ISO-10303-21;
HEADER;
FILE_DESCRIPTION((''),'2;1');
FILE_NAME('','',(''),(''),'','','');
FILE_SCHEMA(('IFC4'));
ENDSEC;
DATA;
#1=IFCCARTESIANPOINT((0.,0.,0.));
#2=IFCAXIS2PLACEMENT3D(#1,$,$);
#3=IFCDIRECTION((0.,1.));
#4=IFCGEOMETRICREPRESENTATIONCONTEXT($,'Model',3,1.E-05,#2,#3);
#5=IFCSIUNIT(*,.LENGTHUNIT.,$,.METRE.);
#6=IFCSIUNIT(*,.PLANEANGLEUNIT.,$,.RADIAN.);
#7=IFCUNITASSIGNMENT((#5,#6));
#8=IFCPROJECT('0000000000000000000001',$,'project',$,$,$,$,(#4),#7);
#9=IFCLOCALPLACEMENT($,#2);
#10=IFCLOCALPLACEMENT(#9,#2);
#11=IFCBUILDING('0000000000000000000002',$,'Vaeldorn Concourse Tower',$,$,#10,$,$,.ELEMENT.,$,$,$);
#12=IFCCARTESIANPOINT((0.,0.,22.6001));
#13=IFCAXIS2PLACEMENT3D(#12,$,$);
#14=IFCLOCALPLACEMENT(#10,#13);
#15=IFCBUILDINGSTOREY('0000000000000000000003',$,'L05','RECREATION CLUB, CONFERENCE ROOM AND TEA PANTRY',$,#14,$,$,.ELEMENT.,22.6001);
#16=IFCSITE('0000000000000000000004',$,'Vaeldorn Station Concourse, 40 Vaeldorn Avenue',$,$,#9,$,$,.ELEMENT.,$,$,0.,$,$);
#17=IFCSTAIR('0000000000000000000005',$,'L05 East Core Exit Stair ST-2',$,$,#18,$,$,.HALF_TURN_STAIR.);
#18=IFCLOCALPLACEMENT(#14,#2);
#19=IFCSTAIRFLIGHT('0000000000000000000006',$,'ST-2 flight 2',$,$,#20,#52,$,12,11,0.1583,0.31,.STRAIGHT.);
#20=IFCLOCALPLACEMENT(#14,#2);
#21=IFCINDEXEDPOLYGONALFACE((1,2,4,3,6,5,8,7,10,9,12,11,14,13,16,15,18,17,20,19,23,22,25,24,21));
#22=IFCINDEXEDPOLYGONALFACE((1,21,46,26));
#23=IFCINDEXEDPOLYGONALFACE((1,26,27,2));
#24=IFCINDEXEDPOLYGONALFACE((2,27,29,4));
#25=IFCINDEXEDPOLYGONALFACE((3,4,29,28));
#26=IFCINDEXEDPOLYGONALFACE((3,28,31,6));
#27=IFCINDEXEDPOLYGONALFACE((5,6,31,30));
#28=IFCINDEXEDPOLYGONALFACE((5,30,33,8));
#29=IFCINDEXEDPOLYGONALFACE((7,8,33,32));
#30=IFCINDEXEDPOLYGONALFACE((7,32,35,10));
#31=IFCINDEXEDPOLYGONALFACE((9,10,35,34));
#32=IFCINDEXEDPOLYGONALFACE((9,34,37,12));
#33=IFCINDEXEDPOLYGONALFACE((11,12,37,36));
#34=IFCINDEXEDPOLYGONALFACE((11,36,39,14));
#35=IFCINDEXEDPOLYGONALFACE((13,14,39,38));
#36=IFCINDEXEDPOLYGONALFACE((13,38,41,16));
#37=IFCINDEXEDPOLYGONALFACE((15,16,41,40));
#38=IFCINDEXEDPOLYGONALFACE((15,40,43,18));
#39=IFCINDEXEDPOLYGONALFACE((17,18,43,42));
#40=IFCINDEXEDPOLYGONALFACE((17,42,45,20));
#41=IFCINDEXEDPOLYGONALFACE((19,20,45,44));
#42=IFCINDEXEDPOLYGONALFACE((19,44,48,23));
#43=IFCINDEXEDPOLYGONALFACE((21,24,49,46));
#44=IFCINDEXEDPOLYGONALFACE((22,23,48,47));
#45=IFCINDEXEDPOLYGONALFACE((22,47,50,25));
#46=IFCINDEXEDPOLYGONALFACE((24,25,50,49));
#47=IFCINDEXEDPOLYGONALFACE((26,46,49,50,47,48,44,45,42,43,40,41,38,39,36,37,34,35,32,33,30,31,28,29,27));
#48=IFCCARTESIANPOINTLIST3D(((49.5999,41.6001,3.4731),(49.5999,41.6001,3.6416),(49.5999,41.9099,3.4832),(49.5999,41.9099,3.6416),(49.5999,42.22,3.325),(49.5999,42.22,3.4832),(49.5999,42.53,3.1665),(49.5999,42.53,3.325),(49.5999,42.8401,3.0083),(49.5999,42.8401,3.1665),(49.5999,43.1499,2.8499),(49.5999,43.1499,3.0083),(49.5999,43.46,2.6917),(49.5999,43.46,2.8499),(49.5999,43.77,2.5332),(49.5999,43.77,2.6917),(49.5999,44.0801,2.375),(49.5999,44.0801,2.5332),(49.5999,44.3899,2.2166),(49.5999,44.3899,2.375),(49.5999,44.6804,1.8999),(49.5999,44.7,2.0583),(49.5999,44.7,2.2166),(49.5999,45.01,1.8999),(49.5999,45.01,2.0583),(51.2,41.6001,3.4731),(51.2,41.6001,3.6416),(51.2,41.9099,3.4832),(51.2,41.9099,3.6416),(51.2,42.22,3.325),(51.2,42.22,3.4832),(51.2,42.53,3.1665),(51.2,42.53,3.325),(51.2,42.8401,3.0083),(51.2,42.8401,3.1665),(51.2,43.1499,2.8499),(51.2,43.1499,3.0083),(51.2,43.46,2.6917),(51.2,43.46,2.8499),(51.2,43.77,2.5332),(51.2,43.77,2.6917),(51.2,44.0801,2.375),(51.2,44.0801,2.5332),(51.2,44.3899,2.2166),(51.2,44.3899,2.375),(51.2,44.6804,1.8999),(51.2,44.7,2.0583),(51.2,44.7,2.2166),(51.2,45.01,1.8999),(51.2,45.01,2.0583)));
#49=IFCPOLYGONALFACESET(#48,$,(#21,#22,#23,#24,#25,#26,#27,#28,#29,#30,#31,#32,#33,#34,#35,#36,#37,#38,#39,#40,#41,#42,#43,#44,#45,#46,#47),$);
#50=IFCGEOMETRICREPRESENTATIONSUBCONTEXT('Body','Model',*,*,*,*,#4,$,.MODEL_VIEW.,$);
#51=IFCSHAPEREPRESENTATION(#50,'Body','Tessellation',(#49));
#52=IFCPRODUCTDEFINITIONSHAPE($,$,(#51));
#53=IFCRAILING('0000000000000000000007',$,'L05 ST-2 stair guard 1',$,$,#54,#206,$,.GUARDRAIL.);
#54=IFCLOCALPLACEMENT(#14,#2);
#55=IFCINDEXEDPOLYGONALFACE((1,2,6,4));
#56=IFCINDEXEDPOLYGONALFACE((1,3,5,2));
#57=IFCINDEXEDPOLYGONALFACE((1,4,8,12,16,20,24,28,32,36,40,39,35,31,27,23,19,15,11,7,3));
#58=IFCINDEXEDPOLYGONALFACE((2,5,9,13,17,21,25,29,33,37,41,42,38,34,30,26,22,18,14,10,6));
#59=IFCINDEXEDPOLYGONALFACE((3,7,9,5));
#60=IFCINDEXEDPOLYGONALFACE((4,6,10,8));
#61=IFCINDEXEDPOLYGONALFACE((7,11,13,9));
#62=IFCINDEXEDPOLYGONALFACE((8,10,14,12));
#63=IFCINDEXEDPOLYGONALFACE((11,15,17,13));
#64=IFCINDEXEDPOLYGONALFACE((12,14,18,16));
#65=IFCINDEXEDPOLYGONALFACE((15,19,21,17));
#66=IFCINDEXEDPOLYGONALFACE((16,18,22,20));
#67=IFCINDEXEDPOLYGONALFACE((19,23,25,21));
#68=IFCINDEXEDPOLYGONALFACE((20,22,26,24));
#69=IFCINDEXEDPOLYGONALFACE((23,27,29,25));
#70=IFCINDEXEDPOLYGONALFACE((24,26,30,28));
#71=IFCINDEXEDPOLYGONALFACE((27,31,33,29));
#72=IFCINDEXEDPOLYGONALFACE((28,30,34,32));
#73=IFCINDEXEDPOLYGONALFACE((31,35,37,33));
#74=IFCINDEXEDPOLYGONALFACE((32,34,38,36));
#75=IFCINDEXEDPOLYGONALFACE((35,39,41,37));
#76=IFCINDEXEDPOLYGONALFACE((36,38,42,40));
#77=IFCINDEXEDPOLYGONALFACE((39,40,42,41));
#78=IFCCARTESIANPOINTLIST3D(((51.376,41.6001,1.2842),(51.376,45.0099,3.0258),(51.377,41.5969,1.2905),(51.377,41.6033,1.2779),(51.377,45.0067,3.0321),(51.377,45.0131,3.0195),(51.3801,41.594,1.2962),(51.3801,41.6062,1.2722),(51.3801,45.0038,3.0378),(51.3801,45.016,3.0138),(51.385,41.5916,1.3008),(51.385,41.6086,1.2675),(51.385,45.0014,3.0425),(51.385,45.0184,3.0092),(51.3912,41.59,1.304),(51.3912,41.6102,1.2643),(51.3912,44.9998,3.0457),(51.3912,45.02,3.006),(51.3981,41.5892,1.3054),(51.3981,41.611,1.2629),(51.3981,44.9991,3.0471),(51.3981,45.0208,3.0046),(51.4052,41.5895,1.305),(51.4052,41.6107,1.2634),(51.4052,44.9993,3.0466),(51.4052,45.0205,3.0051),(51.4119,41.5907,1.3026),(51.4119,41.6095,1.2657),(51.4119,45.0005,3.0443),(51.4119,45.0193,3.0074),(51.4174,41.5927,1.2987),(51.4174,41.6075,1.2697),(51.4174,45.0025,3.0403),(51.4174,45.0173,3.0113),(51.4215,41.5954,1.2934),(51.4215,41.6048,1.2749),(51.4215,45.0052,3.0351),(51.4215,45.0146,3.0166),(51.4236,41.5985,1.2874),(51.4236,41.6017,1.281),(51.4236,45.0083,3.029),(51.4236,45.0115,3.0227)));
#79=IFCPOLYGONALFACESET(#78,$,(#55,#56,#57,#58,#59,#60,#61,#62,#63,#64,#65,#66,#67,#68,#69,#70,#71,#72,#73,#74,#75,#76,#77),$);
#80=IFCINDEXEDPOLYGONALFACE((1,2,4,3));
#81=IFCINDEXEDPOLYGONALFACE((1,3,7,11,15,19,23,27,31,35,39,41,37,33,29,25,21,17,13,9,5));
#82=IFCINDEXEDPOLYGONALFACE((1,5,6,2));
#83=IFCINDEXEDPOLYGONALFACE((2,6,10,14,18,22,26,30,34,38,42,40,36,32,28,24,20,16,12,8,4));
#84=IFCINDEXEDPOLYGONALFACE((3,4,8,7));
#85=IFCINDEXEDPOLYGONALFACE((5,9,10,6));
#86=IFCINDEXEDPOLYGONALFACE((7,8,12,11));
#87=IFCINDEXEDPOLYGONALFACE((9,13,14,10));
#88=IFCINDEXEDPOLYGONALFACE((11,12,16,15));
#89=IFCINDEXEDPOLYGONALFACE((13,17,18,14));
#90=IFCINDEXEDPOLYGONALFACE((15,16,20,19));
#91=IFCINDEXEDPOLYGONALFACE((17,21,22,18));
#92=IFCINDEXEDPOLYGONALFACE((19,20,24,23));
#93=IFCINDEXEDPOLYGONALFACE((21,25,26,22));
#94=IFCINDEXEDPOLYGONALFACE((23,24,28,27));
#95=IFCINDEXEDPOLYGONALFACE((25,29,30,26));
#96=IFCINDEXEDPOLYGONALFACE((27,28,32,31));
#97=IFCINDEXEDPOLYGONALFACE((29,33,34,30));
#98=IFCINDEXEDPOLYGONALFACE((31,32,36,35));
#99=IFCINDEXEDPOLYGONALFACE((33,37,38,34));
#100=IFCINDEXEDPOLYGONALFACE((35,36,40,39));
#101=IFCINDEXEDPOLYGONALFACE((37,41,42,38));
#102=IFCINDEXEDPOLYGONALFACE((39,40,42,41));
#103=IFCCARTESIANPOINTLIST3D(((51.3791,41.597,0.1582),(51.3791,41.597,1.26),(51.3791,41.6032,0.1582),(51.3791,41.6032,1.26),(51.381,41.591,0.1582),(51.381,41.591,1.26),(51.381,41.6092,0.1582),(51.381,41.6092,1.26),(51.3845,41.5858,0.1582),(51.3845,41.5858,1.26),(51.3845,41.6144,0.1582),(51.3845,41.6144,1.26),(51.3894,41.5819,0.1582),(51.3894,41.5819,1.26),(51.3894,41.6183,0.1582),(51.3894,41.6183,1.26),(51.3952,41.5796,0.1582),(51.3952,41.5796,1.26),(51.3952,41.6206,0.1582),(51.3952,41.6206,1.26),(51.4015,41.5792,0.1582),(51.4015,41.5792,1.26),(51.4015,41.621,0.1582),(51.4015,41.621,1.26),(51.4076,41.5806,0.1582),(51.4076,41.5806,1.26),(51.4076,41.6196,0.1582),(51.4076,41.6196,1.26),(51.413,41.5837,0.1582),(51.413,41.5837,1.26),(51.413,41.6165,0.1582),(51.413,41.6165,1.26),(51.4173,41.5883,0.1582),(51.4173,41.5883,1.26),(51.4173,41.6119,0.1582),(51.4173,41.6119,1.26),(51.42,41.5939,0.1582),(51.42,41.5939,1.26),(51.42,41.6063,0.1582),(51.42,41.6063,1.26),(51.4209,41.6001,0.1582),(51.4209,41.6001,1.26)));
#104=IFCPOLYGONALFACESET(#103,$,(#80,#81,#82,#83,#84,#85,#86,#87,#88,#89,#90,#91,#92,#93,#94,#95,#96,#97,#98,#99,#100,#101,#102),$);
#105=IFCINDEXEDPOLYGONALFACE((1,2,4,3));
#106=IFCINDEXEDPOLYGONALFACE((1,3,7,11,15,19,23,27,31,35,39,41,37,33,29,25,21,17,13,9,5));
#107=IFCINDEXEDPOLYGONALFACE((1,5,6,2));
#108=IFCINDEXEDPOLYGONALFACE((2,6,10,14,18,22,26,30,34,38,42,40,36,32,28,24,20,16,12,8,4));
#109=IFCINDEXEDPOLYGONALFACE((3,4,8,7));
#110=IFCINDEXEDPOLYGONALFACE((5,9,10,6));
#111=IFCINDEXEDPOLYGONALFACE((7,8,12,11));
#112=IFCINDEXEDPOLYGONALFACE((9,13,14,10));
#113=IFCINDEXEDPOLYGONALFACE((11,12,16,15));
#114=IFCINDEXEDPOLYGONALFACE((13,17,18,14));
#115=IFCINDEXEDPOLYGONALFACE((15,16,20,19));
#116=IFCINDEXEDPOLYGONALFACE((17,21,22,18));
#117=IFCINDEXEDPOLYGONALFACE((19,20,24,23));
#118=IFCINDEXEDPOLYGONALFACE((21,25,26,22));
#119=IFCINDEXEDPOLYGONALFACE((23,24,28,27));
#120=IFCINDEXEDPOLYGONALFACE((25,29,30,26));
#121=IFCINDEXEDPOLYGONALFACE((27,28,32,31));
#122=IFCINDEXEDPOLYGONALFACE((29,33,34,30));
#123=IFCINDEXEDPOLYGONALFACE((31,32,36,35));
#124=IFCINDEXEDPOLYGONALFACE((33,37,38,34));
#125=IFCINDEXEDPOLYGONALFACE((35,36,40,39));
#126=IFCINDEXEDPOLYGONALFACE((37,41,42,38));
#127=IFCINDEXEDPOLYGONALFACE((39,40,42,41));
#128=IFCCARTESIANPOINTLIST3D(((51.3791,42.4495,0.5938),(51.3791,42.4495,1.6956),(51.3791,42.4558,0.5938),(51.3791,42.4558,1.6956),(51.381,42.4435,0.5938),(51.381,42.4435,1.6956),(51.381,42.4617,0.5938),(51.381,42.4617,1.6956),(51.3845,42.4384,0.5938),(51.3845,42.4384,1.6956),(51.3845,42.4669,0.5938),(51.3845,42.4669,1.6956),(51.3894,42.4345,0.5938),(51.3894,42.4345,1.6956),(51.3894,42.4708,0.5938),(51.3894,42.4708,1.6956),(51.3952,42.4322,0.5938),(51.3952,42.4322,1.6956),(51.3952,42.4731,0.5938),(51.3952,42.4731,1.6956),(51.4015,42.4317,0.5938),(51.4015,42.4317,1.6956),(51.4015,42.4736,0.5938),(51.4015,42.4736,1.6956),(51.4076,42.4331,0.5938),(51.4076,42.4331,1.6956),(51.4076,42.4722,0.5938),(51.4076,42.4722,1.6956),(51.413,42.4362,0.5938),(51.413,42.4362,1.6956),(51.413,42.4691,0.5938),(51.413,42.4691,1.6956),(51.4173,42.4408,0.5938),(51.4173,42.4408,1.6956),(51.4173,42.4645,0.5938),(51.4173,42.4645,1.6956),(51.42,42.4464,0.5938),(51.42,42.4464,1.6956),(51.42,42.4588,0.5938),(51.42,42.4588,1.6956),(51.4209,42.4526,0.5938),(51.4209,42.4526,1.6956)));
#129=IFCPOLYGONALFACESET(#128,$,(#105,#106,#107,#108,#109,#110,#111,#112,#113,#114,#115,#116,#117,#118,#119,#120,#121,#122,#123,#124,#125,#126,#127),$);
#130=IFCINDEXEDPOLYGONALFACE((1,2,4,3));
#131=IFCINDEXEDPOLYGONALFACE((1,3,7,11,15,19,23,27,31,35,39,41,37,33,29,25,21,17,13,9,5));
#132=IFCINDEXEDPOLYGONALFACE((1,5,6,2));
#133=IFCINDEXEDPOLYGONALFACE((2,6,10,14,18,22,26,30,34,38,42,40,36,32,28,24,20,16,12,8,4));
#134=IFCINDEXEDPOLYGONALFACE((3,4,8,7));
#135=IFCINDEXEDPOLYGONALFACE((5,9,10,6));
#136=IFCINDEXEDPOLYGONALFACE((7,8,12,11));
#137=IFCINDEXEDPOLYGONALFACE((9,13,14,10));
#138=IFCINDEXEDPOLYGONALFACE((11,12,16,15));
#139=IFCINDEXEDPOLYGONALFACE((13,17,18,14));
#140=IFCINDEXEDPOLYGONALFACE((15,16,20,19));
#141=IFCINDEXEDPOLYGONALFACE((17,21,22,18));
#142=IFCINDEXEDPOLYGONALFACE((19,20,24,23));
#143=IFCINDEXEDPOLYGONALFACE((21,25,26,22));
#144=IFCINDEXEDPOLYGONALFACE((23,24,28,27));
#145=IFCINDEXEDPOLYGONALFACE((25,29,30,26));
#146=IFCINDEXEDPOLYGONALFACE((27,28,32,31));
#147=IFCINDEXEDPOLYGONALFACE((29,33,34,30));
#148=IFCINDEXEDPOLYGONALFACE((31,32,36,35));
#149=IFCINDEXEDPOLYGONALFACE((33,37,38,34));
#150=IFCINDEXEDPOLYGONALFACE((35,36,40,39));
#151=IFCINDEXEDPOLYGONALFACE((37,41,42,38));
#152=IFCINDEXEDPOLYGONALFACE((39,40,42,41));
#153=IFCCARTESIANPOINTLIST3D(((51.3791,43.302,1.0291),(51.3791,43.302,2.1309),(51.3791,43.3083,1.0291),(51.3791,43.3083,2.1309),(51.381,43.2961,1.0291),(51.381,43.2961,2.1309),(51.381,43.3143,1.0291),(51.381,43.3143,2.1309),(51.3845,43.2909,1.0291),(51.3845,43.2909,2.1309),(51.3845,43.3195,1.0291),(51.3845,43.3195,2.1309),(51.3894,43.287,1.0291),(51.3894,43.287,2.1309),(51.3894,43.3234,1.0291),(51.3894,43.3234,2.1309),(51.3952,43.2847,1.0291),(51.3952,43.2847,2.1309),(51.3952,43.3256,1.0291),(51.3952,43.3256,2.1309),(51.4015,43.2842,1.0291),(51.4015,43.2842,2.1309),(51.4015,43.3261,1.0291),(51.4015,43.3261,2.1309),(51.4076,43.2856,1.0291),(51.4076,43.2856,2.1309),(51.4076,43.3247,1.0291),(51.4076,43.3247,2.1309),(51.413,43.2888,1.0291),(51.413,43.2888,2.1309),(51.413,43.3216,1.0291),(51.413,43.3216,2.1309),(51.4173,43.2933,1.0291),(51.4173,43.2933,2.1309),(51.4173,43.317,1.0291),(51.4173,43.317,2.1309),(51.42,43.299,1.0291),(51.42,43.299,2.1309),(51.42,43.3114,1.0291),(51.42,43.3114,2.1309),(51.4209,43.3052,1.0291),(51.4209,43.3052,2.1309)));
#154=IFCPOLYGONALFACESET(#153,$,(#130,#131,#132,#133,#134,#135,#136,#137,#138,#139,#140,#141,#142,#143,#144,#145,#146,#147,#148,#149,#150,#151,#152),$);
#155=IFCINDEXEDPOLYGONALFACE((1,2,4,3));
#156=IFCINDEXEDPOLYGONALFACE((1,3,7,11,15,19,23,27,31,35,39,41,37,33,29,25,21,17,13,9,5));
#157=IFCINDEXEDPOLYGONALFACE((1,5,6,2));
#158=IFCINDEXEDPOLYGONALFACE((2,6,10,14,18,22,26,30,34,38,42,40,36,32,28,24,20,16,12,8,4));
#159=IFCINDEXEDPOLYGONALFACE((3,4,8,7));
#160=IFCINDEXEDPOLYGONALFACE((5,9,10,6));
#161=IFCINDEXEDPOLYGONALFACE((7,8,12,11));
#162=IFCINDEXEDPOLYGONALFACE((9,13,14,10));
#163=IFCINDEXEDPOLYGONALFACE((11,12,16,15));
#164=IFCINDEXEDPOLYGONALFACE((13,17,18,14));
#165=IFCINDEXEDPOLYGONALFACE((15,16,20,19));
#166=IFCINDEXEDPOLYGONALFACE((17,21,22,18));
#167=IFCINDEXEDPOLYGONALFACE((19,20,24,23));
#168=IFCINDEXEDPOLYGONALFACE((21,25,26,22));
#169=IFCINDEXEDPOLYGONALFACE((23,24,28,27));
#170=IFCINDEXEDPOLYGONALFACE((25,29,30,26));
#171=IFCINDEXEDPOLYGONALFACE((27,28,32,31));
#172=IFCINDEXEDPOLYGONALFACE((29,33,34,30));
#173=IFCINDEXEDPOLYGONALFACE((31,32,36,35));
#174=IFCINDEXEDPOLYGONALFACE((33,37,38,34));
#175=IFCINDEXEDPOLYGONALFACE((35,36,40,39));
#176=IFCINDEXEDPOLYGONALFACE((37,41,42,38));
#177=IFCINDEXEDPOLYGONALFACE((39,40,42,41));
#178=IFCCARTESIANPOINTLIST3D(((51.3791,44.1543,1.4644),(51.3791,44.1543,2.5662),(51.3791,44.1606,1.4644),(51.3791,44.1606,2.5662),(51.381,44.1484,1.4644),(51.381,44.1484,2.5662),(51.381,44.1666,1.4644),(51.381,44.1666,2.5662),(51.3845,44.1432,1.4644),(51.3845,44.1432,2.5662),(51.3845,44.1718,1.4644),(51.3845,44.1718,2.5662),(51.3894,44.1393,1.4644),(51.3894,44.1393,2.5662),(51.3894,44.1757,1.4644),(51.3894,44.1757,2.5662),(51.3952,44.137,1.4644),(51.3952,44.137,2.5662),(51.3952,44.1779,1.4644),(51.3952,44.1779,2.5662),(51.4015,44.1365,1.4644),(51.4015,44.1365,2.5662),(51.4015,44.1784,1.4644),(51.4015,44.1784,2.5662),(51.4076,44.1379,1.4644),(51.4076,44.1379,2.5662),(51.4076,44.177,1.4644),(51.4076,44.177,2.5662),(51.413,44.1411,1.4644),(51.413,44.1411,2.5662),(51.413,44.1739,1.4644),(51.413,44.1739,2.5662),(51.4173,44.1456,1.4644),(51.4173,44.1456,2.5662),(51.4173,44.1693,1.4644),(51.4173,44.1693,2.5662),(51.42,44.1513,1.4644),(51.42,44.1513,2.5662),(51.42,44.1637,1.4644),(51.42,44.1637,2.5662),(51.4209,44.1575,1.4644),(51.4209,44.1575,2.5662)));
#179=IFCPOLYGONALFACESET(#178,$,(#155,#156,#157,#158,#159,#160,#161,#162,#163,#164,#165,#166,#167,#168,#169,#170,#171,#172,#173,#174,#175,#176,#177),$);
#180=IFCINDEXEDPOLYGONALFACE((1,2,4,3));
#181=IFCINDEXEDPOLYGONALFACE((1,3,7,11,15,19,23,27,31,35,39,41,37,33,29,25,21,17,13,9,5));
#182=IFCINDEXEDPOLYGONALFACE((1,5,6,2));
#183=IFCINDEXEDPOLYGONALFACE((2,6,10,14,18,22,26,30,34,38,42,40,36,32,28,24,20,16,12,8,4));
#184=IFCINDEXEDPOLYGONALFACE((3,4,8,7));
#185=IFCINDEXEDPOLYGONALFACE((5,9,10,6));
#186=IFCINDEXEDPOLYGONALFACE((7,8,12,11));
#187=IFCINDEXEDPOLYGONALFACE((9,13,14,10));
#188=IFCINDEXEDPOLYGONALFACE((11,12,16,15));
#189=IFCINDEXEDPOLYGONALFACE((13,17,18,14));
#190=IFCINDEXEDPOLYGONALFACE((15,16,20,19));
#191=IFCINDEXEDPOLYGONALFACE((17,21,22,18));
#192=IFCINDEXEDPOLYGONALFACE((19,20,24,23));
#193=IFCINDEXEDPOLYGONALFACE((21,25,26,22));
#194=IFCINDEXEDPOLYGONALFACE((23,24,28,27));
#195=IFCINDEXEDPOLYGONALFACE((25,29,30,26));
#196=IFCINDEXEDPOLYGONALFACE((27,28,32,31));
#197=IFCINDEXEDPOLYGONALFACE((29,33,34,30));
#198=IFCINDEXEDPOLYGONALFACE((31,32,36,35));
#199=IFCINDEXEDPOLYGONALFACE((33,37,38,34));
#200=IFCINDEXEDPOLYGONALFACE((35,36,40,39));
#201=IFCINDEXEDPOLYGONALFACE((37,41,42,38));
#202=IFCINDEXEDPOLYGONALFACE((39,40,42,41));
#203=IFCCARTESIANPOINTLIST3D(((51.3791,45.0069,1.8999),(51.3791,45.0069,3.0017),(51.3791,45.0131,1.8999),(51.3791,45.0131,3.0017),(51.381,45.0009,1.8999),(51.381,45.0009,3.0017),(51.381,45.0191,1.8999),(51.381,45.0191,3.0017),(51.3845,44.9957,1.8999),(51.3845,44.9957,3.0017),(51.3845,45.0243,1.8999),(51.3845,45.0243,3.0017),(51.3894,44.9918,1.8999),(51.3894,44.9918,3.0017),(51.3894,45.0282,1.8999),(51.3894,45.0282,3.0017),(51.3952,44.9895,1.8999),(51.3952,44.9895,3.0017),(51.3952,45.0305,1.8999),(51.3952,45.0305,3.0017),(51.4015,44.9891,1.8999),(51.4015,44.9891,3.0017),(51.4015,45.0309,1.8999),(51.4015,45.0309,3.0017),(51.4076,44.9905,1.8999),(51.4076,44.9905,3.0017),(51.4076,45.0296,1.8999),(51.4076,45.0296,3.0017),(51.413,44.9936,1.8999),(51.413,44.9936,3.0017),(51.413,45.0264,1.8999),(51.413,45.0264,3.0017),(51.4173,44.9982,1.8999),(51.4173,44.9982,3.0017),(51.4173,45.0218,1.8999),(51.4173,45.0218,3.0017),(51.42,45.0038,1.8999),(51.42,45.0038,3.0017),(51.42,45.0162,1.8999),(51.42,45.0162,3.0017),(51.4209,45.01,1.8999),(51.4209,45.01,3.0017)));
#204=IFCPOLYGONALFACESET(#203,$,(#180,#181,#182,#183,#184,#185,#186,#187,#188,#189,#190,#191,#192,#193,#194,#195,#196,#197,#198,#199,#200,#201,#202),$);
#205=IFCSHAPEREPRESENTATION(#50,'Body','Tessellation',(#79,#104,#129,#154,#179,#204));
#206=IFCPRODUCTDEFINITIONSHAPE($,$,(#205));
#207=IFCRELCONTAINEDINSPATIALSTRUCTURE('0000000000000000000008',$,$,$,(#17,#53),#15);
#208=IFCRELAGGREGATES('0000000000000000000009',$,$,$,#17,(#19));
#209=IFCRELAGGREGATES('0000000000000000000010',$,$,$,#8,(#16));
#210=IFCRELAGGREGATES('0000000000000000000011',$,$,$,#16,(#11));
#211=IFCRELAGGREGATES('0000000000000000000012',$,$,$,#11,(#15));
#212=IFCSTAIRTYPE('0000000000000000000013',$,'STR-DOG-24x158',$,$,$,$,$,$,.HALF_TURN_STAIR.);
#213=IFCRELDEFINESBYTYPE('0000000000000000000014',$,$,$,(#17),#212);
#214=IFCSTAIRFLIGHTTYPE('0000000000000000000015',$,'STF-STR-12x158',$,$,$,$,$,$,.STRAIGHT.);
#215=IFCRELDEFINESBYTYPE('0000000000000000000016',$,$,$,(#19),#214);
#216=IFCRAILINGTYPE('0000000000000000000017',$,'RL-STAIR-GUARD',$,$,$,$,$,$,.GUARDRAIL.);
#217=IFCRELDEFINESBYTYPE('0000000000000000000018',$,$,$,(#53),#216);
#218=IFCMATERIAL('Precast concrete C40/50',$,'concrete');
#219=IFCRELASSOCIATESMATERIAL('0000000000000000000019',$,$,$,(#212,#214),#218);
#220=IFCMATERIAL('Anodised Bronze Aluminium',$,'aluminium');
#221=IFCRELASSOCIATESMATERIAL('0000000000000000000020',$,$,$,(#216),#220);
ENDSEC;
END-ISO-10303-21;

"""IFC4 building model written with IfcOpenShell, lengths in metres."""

from ifc_helpers import new_model, si_unit, direction, frame, origin, origin_2d, place, context, subcontext, project, spatial, polyline, circle, outline, extrude, material, type_object, element, aggregate, save


model = new_model("IFC4")

# Units and contexts
model_context = context("Model", 3, precision=1e-05, world=origin(), true_north=direction((0.0, 1.0)))
body_context = subcontext(model_context, "Body", "Model", "MODEL_VIEW")
ifc_project = project(units=[si_unit("LENGTHUNIT", "METRE"), si_unit("PLANEANGLEUNIT", "RADIAN")], contexts=[model_context])

# Site, building, storey
site_placement = place(None, origin())
site = spatial("IfcSite", under=ifc_project, at=site_placement, Name="Vaeldorn Station Concourse, 40 Vaeldorn Avenue", CompositionType="ELEMENT", RefElevation=0.0)
building_placement = place(site_placement, origin())
building = spatial("IfcBuilding", under=site, at=building_placement, Name="Vaeldorn Concourse Tower", CompositionType="ELEMENT")
storey_placement = place(building_placement, frame((0.0, 0.0, 22.6001)))
storey = spatial("IfcBuildingStorey", under=building, at=storey_placement, Name="L05", Description="RECREATION CLUB, CONFERENCE ROOM AND TEA PANTRY", CompositionType="ELEMENT", Elevation=22.6001)

# Shared definitions
ifc_material_1 = material(Name="Anodised Bronze Aluminium", Category="aluminium")

# Stair, stair flight
ifc_material_2 = material(Name="Precast concrete C40/50", Category="concrete")
stair_type = type_object("IfcStairType", Name="STR-DOG-24x158", PredefinedType="HALF_TURN_STAIR", material=ifc_material_2)
stair_placement = place(storey_placement, origin())
stair = element("IfcStair", 1, at=stair_placement, inside=storey, type_object=stair_type, Name="L05 East Core Exit Stair ST-2", PredefinedType="HALF_TURN_STAIR")
stair_flight_type = type_object("IfcStairFlightType", Name="STF-STR-12x158", PredefinedType="STRAIGHT", material=ifc_material_2)
stair_flight_1_placement = place(storey_placement, frame((50.3999, 45.01, 1.8999), z_axis=(0.0, 0.0, 1.0), x_axis=(0.0, -1.0, 0.0)))
stair_flight_1 = element("IfcStairFlight", 2, at=stair_flight_1_placement, type_object=stair_flight_type, Name="ST-2 flight 2", NumberOfRisers=12, NumberOfTreads=11, PredefinedType="STRAIGHT", RiserHeight=0.1583, TreadLength=0.31, context=body_context, shape_type="SweptSolid", body=[
    extrude(outline(polyline([(0.0, 0.0), (0.0, 0.1584), (0.3101, 0.1584), (0.3101, 0.3167), (0.6201, 0.3167), (0.6201, 0.4751), (0.9299, 0.4751), (0.9299, 0.6333), (1.24, 0.6333), (1.24, 0.7917), (1.55, 0.7917), (1.55, 0.95), (1.8601, 0.95), (1.8601, 1.1084), (2.1699, 1.1084), (2.1699, 1.2666), (2.48, 1.2666), (2.48, 1.425), (2.79, 1.425), (2.79, 1.5833), (3.1001, 1.5833), (3.1001, 1.7417), (3.4099, 1.7417), (3.4099, 1.8999), (3.4099, 1.5732), (0.3296, 0.0), (0.0, 0.0)])), frame((0.0, 0.8, 0.0), z_axis=(0.0, -1.0, 0.0), x_axis=(1.0, 0.0, 0.0)), (0.0, 0.0, 1.0), 1.6001),
])
aggregate(stair, [stair_flight_1])

# Railing
railing_type_1 = type_object("IfcRailingType", Name="RL-STAIR-GUARD", PredefinedType="GUARDRAIL", material=ifc_material_1)
railing_1_placement = place(storey_placement, frame((51.3999, 41.6001, 0.1582)))
element("IfcRailing", 3, at=railing_1_placement, inside=storey, type_object=railing_type_1, Name="L05 ST-2 stair guard 1", PredefinedType="GUARDRAIL", context=body_context, shape_type="SweptSolid", body=[
    extrude(circle(Radius=0.0239, at=origin_2d()), frame((0.0, 0.0, 1.126), z_axis=(0.0, 0.890556, 0.454874), x_axis=(-1.0, 0.0, 0.0)), (0.0, 0.0, 1.0), 3.8289),
    extrude(circle(Radius=0.021, at=origin_2d()), origin(), (0.0, 0.0, 1.0), 1.1018),
    extrude(circle(Radius=0.021, at=origin_2d()), frame((0.0, 0.8525, 0.4355)), (0.0, 0.0, 1.0), 1.1018),
    extrude(circle(Radius=0.021, at=origin_2d()), frame((0.0, 1.7051, 0.8708)), (0.0, 0.0, 1.0), 1.1018),
    extrude(circle(Radius=0.021, at=origin_2d()), frame((0.0, 2.5574, 1.3062)), (0.0, 0.0, 1.0), 1.1018),
    extrude(circle(Radius=0.021, at=origin_2d()), frame((0.0, 3.4099, 1.7417)), (0.0, 0.0, 1.0), 1.1018),
])

save(model, "model.ifc")
